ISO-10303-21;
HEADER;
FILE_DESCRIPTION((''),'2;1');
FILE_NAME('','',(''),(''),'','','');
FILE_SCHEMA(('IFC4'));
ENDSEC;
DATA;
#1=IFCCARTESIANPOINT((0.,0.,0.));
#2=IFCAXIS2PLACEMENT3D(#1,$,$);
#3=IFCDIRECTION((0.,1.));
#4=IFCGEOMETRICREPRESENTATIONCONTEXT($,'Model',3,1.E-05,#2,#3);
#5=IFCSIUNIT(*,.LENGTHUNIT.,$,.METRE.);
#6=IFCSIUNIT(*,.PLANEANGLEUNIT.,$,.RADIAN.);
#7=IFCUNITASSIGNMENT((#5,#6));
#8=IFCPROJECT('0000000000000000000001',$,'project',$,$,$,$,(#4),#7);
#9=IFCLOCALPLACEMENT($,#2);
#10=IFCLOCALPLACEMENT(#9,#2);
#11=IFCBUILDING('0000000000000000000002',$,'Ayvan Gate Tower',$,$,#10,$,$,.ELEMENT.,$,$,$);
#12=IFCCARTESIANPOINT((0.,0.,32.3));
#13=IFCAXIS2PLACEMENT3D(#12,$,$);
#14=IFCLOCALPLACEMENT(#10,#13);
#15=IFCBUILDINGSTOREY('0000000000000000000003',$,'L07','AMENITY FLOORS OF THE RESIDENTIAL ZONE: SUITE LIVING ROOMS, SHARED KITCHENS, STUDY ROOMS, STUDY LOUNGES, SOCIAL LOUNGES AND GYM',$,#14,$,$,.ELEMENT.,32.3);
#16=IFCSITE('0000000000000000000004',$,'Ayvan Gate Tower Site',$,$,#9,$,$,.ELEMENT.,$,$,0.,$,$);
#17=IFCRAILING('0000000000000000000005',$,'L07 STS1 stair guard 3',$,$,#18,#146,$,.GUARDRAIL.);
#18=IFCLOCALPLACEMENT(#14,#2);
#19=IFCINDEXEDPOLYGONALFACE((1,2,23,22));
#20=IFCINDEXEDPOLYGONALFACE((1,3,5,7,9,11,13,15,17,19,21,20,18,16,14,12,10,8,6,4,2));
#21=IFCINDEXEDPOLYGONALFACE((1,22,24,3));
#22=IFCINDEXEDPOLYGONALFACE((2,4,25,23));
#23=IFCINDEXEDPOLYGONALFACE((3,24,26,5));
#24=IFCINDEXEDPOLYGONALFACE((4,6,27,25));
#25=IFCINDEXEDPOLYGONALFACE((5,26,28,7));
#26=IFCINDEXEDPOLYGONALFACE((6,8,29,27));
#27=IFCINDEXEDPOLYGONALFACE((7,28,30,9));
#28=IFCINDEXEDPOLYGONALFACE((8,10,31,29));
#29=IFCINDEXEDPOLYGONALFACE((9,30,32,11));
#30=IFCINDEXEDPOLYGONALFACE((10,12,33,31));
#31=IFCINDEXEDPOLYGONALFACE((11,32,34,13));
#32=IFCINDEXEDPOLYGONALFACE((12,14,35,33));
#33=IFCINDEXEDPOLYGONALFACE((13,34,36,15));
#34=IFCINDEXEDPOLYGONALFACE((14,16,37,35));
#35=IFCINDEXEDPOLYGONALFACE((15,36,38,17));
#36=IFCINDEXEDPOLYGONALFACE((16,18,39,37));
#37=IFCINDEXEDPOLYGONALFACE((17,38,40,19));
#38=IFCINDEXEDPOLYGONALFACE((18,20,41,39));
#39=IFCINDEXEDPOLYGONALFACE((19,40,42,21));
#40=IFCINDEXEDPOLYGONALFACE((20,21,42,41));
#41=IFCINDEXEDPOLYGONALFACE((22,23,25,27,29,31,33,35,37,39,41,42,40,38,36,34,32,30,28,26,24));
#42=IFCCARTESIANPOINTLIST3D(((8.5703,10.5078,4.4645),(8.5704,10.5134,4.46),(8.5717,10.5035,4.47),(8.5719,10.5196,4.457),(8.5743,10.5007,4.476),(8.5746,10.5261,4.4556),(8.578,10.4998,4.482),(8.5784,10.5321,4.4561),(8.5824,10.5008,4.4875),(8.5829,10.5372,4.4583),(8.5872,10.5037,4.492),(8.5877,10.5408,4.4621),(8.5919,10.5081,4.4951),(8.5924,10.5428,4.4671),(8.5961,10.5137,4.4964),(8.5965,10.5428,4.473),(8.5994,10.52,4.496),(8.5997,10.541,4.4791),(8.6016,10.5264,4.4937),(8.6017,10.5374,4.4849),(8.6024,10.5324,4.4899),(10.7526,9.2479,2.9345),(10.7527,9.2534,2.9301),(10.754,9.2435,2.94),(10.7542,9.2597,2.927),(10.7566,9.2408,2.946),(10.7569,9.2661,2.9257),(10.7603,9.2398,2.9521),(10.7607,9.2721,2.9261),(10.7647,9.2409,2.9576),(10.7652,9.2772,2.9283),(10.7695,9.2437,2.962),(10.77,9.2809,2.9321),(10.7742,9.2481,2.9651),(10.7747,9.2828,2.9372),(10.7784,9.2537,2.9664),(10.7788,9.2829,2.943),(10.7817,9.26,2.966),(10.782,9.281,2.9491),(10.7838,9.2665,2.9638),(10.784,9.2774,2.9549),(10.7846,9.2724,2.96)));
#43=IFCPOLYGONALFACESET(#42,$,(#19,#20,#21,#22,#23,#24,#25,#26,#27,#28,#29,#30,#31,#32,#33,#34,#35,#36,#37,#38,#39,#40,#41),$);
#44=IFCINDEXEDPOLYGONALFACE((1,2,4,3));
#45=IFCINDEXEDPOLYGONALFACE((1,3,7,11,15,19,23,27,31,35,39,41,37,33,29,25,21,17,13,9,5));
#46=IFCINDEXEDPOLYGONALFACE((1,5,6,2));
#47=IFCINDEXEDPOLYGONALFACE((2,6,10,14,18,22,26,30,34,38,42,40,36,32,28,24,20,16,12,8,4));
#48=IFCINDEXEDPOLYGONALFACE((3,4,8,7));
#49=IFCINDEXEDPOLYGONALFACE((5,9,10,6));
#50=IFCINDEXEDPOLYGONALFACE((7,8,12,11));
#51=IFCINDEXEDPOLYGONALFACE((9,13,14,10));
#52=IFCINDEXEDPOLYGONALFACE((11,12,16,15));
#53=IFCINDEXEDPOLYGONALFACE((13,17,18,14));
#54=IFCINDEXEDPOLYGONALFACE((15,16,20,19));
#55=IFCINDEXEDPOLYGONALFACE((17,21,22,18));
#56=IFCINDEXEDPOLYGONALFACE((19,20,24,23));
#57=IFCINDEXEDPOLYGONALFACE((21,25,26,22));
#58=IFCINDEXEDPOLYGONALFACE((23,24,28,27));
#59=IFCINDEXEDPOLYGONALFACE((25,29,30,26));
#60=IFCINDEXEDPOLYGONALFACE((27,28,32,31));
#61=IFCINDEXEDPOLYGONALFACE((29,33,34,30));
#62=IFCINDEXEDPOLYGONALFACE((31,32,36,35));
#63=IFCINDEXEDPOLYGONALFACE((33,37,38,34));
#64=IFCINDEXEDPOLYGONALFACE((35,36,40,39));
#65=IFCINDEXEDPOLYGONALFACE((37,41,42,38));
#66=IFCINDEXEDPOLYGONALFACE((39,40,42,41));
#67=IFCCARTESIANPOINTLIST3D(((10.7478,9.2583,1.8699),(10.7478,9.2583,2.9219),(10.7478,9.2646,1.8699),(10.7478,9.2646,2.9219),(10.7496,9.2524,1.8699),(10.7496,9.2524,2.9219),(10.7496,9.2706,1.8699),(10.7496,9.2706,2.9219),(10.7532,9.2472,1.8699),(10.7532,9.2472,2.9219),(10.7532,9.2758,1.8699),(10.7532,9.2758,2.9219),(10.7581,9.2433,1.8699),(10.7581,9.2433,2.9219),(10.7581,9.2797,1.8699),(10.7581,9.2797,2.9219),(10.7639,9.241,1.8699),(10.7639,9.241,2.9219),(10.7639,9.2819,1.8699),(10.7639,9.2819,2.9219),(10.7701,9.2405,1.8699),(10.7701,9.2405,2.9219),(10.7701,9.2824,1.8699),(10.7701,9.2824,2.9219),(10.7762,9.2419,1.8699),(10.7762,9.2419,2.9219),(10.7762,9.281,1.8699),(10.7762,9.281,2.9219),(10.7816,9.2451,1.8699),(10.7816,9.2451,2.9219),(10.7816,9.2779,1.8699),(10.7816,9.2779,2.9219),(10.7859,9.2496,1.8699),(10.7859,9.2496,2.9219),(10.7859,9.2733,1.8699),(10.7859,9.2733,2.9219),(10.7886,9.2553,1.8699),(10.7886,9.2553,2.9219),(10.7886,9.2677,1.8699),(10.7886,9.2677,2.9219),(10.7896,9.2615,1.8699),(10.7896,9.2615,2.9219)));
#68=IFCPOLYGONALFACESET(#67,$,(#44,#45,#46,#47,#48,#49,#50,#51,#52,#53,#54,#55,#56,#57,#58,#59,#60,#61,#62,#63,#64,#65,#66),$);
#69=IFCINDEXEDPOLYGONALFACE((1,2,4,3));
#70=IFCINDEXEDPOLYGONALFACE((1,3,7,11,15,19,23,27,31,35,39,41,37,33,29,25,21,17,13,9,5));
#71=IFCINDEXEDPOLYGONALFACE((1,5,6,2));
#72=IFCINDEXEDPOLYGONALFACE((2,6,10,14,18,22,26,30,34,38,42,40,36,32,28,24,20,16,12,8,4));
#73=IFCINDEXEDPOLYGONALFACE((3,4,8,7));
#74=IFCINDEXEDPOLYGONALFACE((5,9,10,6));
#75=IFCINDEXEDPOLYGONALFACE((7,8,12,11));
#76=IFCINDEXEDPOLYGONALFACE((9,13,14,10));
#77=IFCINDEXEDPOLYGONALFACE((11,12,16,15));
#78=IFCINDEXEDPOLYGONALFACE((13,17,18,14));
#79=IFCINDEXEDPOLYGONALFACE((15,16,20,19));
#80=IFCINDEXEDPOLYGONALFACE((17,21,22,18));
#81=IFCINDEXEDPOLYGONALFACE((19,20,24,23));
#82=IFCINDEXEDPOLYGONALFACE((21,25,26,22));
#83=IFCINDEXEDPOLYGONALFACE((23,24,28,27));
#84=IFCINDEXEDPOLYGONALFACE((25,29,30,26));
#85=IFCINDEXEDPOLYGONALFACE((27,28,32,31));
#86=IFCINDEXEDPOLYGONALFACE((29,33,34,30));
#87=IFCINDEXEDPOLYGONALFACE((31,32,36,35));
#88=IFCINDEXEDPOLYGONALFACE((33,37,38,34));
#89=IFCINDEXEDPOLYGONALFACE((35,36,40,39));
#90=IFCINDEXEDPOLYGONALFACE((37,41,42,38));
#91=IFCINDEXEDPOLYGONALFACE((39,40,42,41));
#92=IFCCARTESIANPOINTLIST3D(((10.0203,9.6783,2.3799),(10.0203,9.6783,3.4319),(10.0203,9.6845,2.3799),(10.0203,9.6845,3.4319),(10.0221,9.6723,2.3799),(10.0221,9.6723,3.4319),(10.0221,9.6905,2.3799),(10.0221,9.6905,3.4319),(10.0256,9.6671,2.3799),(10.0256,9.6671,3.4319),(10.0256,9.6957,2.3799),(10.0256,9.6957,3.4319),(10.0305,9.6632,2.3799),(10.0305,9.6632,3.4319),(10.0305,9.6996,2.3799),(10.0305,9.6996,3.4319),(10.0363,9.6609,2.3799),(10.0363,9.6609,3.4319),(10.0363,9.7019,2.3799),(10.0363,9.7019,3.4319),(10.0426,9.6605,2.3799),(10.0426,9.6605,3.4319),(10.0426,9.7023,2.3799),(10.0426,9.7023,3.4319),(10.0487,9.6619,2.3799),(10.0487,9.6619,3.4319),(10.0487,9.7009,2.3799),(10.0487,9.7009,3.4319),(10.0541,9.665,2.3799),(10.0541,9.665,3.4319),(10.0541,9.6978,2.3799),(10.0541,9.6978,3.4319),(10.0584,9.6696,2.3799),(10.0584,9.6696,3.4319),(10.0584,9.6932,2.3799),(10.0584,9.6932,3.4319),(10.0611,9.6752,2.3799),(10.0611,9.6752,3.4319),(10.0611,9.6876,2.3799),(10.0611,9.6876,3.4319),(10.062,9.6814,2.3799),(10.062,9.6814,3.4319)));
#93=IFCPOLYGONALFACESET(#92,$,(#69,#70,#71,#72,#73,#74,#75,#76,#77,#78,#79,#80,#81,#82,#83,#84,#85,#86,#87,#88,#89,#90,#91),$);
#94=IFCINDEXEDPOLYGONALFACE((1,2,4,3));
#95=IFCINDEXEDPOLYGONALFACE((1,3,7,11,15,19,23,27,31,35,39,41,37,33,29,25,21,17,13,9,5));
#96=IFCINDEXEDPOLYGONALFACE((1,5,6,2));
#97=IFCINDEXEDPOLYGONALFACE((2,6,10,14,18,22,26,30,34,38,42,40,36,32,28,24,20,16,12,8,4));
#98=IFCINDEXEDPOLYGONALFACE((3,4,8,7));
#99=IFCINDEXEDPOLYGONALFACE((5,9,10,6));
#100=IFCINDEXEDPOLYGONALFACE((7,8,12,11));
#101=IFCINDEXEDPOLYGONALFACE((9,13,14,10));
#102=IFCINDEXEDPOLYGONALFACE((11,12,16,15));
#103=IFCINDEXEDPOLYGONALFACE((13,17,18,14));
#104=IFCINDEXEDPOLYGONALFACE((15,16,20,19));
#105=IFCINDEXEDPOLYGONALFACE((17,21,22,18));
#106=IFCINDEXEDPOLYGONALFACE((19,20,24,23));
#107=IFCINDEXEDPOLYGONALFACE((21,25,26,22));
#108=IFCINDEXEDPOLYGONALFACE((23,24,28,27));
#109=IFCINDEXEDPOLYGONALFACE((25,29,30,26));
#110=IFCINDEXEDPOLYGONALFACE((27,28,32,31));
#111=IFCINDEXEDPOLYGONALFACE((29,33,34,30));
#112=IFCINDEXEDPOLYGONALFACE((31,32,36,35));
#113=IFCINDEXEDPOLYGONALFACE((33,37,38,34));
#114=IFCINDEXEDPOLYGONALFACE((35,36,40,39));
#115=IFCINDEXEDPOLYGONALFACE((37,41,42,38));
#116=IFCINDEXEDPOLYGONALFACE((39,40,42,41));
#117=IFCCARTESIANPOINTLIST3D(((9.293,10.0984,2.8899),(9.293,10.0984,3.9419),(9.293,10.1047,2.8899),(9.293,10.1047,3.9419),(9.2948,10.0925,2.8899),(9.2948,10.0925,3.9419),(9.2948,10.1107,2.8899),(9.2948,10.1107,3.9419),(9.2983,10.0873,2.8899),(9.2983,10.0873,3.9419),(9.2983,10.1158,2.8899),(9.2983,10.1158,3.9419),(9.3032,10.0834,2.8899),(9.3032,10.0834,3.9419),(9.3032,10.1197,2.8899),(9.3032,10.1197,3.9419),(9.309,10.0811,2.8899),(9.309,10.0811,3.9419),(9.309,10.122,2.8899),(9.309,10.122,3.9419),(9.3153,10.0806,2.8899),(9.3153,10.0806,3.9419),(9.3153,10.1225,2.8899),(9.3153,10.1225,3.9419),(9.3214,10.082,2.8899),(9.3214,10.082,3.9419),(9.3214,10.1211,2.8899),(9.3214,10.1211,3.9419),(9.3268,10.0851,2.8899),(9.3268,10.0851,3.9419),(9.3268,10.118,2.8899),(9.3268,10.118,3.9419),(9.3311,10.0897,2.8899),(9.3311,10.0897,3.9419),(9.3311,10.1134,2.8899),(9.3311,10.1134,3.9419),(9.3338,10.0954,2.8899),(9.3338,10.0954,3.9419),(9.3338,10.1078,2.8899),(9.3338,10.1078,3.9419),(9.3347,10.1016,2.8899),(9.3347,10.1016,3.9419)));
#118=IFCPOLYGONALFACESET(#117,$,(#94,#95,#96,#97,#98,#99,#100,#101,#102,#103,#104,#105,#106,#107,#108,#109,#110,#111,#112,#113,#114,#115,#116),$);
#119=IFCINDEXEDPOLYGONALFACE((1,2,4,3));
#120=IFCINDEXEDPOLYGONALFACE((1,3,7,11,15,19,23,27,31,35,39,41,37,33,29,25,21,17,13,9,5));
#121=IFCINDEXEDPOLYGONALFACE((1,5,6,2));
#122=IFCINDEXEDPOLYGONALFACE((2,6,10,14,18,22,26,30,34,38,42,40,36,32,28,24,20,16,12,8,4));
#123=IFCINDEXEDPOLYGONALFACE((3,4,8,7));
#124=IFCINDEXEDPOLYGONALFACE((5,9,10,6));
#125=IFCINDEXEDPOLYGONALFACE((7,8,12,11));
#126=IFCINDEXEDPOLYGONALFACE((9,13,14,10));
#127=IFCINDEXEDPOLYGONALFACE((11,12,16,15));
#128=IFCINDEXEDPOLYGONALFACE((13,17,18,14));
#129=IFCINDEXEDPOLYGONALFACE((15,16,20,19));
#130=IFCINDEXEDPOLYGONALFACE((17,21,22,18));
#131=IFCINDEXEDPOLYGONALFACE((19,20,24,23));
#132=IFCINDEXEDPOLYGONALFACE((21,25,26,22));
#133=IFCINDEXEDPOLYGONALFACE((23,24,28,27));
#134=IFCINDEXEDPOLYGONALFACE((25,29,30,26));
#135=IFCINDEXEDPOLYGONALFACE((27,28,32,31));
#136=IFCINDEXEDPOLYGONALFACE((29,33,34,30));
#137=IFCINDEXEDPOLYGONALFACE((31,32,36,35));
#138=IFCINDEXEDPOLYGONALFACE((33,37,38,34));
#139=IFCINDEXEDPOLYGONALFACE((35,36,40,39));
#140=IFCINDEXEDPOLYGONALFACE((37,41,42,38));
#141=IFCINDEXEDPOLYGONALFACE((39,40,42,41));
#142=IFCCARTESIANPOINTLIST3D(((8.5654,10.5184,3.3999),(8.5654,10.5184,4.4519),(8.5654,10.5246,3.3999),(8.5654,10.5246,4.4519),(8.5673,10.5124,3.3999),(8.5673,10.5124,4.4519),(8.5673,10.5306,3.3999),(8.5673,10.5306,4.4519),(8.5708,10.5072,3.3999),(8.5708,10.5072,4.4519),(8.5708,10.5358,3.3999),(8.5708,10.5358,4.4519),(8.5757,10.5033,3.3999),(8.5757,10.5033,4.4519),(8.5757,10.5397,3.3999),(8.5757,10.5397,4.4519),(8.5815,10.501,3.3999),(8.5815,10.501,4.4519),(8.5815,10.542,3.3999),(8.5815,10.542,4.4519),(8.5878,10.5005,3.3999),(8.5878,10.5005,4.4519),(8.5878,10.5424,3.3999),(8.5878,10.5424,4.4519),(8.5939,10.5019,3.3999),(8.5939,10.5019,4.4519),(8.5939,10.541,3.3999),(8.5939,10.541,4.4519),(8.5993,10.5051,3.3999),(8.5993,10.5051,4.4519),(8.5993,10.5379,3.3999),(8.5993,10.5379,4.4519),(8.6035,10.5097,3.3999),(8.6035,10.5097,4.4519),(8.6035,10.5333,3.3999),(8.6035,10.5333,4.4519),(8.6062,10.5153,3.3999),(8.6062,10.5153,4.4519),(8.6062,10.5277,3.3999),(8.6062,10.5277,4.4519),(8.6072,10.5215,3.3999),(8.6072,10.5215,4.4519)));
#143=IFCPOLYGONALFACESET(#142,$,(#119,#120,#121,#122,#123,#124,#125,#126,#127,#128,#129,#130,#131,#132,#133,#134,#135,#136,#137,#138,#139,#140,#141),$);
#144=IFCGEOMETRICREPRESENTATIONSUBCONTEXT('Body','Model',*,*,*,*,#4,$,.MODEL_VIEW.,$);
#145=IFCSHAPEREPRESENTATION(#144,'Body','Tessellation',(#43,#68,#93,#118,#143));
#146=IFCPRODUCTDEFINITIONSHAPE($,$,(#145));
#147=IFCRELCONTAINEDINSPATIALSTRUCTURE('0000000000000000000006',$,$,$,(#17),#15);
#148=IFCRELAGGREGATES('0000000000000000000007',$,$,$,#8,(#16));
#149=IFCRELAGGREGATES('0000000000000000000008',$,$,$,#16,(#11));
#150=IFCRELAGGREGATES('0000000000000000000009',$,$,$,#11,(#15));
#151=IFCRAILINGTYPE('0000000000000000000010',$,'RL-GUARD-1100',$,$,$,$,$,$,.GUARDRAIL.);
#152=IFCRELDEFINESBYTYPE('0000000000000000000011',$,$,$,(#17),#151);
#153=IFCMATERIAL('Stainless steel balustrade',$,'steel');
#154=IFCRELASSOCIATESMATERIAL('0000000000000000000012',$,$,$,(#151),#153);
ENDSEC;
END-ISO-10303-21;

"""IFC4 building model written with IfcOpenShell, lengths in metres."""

from ifc_helpers import new_model, si_unit, direction, frame, origin, origin_2d, place, context, subcontext, project, spatial, circle, extrude, material, type_object, element, save


model = new_model("IFC4")

# Units and contexts
model_context = context("Model", 3, precision=1e-05, world=origin(), true_north=direction((0.0, 1.0)))
body_context = subcontext(model_context, "Body", "Model", "MODEL_VIEW")
ifc_project = project(units=[si_unit("LENGTHUNIT", "METRE"), si_unit("PLANEANGLEUNIT", "RADIAN")], contexts=[model_context])

# Site, building, storey
site_placement = place(None, origin())
site = spatial("IfcSite", under=ifc_project, at=site_placement, Name="Ayvan Gate Tower Site", CompositionType="ELEMENT", RefElevation=0.0)
building_placement = place(site_placement, origin())
building = spatial("IfcBuilding", under=site, at=building_placement, Name="Ayvan Gate Tower", CompositionType="ELEMENT")
storey_placement = place(building_placement, frame((0.0, 0.0, 32.3)))
storey = spatial("IfcBuildingStorey", under=building, at=storey_placement, Name="L07", Description="AMENITY FLOORS OF THE RESIDENTIAL ZONE: SUITE LIVING ROOMS, SHARED KITCHENS, STUDY ROOMS, STUDY LOUNGES, SOCIAL LOUNGES AND GYM", CompositionType="ELEMENT", Elevation=32.3)

# Railing
ifc_material_1 = material(Name="Stainless steel balustrade", Category="steel")
railing_type_1 = type_object("IfcRailingType", Name="RL-GUARD-1100", PredefinedType="GUARDRAIL", material=ifc_material_1)
railing_1_placement = place(storey_placement, frame((10.7686, 9.2615, 1.8699)))
element("IfcRailing", 1, at=railing_1_placement, inside=storey, type_object=railing_type_1, Name="L07 STS1 stair guard 3", PredefinedType="GUARDRAIL", context=body_context, shape_type="SweptSolid", body=[
    extrude(circle(Radius=0.0239, at=origin_2d()), frame((0.0, 0.0, 1.0762), z_axis=(-0.740261, 0.427395, 0.518986), x_axis=(-0.500005, -0.866023, 0.0)), (0.0, 0.0, 1.0), 2.948),
    extrude(circle(Radius=0.021, at=origin_2d()), origin(), (0.0, 0.0, 1.0), 1.052),
    extrude(circle(Radius=0.021, at=origin_2d()), frame((-0.7275, 0.4199, 0.51)), (0.0, 0.0, 1.0), 1.052),
    extrude(circle(Radius=0.021, at=origin_2d()), frame((-1.4548, 0.8401, 1.02)), (0.0, 0.0, 1.0), 1.052),
    extrude(circle(Radius=0.021, at=origin_2d()), frame((-2.1824, 1.26, 1.53)), (0.0, 0.0, 1.0), 1.052),
])

save(model, "model.ifc")
